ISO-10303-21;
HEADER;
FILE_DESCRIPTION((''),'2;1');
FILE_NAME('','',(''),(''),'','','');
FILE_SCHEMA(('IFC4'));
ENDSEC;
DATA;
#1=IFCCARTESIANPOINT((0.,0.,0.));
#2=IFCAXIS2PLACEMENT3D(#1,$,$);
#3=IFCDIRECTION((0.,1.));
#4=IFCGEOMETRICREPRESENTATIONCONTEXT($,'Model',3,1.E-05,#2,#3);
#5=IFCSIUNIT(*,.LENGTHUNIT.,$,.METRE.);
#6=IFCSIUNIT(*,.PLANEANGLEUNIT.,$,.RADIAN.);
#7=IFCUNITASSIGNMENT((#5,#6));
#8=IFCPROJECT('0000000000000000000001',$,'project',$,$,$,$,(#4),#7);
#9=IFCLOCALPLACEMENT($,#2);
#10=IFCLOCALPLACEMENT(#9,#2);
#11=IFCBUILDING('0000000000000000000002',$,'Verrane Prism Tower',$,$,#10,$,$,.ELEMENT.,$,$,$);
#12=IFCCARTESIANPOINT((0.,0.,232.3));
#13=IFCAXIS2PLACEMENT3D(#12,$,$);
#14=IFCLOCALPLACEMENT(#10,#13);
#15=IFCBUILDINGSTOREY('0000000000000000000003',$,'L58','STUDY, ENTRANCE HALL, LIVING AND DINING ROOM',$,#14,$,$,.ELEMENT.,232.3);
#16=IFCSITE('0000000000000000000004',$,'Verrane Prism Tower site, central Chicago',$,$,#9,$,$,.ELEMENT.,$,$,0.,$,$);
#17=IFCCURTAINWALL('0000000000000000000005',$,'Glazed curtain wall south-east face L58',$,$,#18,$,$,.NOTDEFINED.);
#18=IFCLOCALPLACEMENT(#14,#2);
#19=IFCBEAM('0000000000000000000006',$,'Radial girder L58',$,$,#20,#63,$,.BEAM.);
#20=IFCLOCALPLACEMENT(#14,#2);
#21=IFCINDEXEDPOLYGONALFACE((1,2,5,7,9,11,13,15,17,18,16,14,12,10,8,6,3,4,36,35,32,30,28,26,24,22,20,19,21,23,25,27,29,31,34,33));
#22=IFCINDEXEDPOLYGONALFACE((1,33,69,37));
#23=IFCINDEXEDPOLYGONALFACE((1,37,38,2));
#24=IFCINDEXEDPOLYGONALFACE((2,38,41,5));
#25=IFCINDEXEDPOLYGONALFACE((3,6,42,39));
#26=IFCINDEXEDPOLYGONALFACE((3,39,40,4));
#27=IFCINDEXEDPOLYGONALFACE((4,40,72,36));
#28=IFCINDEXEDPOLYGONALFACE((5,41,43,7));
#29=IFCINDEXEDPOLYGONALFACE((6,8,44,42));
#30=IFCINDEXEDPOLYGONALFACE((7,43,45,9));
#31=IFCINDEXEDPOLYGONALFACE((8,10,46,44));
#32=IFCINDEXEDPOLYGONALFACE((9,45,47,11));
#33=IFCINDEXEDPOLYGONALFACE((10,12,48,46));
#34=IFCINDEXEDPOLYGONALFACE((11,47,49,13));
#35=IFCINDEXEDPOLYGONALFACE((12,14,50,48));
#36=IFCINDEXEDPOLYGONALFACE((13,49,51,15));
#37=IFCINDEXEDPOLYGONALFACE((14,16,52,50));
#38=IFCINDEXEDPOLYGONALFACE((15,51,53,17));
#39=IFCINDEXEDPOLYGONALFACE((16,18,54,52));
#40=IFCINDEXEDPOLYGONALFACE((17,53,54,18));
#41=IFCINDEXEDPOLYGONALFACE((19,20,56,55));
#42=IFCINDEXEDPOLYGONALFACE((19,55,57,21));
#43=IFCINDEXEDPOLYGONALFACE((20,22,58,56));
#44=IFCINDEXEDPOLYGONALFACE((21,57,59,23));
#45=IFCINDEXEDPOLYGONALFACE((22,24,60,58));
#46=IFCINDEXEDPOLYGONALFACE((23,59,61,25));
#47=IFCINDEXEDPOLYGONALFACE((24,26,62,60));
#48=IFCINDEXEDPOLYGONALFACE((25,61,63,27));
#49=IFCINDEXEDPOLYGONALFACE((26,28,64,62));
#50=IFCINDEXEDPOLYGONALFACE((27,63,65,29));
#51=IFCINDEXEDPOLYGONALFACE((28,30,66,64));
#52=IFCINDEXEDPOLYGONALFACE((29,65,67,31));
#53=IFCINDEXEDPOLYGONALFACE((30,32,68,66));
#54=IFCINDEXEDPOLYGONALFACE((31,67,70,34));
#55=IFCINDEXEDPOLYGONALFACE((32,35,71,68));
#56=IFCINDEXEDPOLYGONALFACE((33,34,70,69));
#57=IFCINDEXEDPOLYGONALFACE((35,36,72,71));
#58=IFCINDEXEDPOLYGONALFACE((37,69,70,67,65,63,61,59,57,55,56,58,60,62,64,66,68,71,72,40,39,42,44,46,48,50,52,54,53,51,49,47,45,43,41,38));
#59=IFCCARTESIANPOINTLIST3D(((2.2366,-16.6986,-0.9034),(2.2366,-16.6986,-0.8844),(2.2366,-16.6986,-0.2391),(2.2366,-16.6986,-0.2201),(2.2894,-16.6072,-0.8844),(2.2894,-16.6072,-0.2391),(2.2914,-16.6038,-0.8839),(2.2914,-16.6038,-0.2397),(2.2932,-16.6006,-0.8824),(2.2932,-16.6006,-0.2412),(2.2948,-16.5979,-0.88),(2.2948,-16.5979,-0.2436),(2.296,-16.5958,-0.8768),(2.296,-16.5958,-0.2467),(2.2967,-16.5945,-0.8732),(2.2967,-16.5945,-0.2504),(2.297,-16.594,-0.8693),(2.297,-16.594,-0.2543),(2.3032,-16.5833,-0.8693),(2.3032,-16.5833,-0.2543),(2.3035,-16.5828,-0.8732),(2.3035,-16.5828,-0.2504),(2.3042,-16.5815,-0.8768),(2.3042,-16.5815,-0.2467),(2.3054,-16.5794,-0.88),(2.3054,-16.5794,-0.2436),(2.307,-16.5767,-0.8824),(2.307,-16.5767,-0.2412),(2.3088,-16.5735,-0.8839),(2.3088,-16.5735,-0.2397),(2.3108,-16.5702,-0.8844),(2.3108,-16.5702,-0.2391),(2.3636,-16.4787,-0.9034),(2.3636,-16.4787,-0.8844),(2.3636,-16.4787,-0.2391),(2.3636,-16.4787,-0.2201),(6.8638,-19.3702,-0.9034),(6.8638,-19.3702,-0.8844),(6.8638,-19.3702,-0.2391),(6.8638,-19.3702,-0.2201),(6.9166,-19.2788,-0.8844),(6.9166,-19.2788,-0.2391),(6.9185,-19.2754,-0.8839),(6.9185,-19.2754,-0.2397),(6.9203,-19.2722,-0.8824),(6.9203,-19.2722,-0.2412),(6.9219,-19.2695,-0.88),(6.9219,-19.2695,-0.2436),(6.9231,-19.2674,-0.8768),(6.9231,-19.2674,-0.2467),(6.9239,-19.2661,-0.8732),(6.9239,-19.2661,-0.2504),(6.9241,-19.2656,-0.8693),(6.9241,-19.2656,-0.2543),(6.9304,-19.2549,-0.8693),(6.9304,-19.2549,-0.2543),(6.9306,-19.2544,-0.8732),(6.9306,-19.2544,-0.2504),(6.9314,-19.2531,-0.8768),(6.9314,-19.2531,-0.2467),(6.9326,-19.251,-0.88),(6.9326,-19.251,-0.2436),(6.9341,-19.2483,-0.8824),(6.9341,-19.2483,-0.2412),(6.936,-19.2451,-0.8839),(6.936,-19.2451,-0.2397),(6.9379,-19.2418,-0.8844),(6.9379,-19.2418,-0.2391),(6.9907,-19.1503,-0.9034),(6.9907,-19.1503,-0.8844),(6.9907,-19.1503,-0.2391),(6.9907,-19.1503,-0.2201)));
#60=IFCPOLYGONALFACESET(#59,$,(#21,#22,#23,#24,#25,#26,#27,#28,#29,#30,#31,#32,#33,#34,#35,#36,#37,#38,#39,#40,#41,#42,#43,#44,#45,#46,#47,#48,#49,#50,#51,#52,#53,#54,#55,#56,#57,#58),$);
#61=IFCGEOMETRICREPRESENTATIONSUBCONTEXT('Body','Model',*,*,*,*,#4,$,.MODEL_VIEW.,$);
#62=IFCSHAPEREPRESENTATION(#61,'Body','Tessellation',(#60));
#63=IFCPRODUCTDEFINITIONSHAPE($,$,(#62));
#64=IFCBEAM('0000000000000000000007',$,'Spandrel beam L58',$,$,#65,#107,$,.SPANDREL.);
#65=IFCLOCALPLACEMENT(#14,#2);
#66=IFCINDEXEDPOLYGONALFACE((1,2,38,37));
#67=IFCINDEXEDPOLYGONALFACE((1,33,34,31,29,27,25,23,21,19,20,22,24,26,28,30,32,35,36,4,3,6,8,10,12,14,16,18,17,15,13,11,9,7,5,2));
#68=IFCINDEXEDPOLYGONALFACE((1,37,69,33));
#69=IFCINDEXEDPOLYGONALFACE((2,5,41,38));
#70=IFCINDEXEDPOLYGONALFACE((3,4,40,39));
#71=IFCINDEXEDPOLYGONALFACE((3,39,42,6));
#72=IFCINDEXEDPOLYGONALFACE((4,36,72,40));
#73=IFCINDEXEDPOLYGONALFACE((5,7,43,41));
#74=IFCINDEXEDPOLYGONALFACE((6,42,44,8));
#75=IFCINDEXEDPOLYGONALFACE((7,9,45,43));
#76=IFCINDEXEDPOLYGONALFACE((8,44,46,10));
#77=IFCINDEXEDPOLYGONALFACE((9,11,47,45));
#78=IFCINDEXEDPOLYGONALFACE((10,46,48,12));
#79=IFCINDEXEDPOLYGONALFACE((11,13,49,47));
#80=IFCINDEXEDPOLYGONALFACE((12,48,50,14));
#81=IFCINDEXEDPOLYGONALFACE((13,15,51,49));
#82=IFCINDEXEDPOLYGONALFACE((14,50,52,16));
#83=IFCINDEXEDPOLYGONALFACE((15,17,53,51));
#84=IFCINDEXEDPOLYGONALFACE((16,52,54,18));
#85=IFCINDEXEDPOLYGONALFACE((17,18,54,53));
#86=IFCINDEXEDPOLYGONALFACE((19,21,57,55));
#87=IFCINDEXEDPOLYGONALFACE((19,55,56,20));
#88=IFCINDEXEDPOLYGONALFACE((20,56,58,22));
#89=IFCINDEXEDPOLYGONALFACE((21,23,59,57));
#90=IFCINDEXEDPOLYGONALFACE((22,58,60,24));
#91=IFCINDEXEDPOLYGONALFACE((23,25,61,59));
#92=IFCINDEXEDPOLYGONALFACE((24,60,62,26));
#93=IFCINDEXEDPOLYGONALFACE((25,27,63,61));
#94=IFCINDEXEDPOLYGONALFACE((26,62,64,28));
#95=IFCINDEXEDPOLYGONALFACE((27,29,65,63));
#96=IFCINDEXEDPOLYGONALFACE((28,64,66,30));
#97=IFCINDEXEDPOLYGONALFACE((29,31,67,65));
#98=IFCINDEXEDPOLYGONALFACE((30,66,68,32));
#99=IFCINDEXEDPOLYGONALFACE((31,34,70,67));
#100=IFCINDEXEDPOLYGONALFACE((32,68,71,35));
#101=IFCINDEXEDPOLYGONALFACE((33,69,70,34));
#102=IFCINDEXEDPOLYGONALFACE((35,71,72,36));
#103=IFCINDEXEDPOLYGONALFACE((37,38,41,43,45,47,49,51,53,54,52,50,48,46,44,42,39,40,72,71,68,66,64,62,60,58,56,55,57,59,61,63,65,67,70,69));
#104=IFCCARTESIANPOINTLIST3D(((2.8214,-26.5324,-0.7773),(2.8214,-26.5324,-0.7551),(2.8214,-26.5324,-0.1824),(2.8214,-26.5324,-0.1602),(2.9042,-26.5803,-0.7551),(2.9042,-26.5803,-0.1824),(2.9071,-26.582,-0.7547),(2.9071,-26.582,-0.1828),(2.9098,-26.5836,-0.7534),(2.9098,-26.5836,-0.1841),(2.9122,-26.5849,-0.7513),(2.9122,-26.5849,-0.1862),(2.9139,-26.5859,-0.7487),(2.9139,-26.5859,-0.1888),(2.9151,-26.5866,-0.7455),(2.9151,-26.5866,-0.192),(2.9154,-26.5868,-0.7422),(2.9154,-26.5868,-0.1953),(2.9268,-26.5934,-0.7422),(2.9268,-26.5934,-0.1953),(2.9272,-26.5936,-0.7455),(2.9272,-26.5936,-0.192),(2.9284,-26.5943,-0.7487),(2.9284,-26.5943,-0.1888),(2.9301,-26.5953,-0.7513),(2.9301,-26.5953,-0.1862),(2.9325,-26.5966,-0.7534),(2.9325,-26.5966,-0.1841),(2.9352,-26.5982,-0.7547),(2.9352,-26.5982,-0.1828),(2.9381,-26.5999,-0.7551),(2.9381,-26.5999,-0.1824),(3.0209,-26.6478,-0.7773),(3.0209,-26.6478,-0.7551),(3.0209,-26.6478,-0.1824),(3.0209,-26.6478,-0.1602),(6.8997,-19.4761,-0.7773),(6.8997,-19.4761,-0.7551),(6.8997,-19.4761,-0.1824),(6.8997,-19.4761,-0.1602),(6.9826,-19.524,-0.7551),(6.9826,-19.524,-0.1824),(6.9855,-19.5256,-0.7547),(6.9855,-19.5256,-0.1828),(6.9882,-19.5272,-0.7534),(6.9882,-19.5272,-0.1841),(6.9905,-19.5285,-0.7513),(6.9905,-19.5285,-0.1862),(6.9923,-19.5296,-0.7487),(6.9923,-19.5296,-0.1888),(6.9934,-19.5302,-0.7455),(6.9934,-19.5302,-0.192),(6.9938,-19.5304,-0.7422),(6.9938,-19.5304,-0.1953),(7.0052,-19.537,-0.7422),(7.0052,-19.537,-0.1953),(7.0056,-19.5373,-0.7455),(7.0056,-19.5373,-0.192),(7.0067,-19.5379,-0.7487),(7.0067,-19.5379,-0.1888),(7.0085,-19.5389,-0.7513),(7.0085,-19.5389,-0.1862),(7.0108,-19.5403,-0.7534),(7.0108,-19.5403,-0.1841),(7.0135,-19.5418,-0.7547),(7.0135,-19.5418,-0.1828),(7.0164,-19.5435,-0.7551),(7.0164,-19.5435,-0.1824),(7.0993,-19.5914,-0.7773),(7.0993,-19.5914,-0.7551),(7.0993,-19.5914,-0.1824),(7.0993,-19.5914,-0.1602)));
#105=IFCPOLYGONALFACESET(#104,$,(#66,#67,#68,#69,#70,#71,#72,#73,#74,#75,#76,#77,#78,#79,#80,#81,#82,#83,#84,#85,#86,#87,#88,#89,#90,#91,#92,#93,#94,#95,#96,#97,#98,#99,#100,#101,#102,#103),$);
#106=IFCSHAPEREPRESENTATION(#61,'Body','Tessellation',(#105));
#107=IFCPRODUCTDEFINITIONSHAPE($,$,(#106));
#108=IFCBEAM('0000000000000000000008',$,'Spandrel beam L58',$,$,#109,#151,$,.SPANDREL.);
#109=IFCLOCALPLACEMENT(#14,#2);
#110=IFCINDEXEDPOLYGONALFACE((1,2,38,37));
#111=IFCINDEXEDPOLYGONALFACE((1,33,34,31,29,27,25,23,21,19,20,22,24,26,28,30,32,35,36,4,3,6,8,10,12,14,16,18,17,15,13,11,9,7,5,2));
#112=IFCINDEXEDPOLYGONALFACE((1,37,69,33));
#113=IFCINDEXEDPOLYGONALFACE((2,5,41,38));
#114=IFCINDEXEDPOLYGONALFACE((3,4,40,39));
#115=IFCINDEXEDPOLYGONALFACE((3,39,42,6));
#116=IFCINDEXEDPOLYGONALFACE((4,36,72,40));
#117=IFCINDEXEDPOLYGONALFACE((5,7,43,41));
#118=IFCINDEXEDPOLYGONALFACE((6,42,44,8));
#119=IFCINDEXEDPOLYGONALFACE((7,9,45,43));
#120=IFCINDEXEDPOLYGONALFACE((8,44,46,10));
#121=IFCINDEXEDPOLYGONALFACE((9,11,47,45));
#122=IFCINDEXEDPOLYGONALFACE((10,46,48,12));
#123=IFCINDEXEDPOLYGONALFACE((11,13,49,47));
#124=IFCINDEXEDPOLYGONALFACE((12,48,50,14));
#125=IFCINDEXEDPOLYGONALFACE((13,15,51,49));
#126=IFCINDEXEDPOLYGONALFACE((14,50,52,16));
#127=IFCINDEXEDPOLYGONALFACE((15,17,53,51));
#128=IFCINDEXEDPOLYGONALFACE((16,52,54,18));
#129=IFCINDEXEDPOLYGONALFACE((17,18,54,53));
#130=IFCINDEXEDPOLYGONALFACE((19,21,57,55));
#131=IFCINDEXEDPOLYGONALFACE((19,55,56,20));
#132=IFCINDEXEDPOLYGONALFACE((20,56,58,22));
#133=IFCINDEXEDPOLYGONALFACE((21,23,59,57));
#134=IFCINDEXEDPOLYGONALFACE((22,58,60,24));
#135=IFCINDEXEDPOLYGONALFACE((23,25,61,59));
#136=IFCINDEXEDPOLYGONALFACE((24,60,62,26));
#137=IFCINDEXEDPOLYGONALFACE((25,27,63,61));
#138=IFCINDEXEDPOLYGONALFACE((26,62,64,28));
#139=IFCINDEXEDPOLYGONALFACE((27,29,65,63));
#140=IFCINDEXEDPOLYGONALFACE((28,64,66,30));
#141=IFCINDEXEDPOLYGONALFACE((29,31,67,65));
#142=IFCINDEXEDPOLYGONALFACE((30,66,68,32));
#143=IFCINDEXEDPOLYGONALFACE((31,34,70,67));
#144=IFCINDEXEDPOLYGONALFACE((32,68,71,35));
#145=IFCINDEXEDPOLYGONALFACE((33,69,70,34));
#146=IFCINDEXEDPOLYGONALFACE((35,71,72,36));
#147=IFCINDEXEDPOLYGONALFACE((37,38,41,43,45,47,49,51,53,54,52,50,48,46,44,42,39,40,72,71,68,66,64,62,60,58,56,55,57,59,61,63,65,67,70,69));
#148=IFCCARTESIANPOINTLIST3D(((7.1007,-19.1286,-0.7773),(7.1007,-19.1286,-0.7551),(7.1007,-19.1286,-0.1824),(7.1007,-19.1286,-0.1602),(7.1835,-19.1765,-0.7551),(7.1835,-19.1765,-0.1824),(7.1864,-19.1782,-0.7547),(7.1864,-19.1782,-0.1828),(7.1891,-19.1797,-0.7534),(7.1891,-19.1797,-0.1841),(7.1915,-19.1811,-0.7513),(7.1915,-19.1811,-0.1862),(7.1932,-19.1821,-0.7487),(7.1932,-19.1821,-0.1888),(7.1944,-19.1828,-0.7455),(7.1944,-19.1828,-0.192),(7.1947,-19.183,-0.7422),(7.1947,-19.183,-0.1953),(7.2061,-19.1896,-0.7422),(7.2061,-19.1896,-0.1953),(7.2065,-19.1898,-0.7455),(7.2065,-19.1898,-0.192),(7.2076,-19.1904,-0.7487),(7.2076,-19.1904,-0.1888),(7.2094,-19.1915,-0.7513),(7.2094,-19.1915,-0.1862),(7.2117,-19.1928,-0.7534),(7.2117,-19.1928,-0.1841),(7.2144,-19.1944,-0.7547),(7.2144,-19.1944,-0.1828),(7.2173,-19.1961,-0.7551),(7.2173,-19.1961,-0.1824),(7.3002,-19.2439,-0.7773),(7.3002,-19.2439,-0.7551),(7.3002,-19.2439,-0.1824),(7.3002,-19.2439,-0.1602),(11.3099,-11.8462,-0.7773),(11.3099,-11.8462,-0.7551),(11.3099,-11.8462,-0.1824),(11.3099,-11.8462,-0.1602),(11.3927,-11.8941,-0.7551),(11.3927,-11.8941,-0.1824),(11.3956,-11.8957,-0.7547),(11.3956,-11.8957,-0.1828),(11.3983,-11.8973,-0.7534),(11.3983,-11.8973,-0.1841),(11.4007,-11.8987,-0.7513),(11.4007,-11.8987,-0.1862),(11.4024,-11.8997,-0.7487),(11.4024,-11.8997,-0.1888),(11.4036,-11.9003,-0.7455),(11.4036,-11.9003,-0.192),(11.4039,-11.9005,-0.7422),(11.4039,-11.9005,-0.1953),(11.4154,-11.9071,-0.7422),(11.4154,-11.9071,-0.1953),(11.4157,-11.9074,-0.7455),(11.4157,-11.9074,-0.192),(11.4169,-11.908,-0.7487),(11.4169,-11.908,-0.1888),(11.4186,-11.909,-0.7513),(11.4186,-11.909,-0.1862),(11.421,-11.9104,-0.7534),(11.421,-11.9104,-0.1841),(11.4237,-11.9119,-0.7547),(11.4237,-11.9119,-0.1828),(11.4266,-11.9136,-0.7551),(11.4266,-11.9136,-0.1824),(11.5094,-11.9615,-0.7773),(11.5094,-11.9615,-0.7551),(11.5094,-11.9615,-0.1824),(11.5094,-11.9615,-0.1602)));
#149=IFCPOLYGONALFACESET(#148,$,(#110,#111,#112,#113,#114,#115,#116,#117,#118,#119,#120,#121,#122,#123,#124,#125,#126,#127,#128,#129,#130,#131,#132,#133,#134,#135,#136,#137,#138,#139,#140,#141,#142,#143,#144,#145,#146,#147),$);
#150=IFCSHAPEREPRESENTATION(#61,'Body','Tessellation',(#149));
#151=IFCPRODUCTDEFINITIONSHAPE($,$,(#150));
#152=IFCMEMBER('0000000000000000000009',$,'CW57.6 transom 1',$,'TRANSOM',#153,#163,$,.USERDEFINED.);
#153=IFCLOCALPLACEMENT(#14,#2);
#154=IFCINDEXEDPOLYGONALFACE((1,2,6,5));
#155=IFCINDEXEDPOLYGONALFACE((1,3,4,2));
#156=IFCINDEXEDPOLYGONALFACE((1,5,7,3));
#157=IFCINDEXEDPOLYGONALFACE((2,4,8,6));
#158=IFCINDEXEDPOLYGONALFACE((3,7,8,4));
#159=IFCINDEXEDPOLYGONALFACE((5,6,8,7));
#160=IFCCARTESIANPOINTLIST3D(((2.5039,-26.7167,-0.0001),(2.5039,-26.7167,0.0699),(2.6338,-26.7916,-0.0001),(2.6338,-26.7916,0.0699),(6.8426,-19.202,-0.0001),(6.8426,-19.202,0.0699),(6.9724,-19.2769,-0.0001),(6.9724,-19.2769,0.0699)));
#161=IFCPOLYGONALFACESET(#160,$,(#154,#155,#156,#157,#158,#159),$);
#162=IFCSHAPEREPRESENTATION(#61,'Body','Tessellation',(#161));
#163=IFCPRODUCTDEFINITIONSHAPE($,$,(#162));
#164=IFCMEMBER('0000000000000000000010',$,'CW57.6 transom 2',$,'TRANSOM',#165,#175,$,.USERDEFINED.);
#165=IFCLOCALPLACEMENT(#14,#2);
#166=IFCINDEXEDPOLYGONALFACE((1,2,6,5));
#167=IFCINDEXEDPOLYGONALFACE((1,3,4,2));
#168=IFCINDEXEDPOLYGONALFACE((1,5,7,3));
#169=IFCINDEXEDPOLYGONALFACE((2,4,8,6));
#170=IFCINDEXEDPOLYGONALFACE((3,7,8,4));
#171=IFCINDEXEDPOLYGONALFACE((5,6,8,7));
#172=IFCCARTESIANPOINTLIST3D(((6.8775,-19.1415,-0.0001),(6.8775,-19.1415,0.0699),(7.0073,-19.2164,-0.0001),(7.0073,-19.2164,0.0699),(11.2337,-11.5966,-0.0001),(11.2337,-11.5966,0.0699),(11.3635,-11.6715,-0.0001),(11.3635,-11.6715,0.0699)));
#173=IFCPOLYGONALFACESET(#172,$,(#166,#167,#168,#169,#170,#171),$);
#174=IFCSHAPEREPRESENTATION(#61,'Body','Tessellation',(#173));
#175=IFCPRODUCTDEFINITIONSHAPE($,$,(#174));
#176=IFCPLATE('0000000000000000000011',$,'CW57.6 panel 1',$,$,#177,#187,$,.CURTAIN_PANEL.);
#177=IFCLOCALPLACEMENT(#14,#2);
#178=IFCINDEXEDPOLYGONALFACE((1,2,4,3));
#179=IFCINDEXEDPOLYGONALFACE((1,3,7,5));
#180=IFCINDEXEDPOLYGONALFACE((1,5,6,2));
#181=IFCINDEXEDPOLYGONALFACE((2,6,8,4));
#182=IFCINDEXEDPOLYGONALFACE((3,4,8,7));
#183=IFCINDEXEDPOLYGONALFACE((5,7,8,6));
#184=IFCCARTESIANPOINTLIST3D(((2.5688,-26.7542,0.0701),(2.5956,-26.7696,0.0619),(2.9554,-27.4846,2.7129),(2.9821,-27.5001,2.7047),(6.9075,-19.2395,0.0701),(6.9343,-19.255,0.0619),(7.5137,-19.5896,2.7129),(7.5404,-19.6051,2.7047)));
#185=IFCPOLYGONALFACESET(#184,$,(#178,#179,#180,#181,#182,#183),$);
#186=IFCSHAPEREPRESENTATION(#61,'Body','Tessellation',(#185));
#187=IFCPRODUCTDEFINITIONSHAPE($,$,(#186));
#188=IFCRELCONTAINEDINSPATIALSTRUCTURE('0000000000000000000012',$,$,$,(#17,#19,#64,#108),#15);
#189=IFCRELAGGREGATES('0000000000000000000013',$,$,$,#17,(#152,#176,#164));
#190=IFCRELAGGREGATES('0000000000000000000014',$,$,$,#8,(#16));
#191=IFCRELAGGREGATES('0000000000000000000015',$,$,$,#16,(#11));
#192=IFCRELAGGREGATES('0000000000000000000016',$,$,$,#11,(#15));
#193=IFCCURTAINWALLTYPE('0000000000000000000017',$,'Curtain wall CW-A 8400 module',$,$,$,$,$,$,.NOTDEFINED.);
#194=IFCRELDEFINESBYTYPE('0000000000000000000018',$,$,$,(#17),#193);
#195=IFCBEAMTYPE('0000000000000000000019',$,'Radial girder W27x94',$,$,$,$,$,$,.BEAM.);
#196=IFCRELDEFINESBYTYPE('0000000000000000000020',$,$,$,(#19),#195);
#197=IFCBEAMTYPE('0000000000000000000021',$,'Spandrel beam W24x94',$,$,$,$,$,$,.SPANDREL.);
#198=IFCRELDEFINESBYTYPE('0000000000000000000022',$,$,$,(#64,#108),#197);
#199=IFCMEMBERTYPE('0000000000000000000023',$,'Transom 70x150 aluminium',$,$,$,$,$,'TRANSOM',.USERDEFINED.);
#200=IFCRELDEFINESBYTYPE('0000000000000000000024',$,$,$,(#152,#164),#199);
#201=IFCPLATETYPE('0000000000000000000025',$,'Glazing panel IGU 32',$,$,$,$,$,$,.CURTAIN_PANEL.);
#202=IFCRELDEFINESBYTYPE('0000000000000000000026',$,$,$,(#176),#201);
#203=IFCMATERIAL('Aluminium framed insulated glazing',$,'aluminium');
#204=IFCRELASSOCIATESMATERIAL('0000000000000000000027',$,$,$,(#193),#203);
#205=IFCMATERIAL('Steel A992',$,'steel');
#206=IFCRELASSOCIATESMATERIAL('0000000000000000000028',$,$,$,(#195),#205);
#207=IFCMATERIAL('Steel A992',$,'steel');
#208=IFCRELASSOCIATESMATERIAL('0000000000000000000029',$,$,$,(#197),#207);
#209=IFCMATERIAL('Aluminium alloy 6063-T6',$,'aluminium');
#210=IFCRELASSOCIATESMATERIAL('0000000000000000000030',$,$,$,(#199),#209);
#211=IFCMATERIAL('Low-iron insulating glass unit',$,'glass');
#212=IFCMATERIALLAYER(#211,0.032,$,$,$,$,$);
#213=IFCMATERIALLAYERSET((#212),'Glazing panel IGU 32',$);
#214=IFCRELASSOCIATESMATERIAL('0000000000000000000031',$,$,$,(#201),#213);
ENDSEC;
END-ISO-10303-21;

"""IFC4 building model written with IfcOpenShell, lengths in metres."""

from ifc_helpers import new_model, si_unit, direction, frame, origin, origin_2d, place, context, subcontext, project, spatial, polyline, rectangle, i_section, outline, extrude, material, layer, layer_set, material_profile, profile_set, type_object, element, aggregate, save


model = new_model("IFC4")

# Units and contexts
model_context = context("Model", 3, precision=1e-05, world=origin(), true_north=direction((0.0, 1.0)))
body_context = subcontext(model_context, "Body", "Model", "MODEL_VIEW")
ifc_project = project(units=[si_unit("LENGTHUNIT", "METRE"), si_unit("PLANEANGLEUNIT", "RADIAN")], contexts=[model_context])

# Site, building, storey
site_placement = place(None, origin())
site = spatial("IfcSite", under=ifc_project, at=site_placement, Name="Verrane Prism Tower site, central Chicago", CompositionType="ELEMENT", RefElevation=0.0)
building_placement = place(site_placement, origin())
building = spatial("IfcBuilding", under=site, at=building_placement, Name="Verrane Prism Tower", CompositionType="ELEMENT")
storey_placement = place(building_placement, frame((0.0, 0.0, 232.3)))
storey = spatial("IfcBuildingStorey", under=building, at=storey_placement, Name="L58", Description="STUDY, ENTRANCE HALL, LIVING AND DINING ROOM", CompositionType="ELEMENT", Elevation=232.3)

# Curtain wall
ifc_material_1 = material(Name="Aluminium framed insulated glazing", Category="aluminium")
curtain_wall_type = type_object("IfcCurtainWallType", Name="Curtain wall CW-A 8400 module", PredefinedType="NOTDEFINED", material=ifc_material_1)
curtain_wall_placement = place(storey_placement, origin())
curtain_wall = element("IfcCurtainWall", 1, at=curtain_wall_placement, inside=storey, type_object=curtain_wall_type, Name="Glazed curtain wall south-east face L58", PredefinedType="NOTDEFINED")

# Beams
ifc_material_2 = material(Name="Steel A992", Category="steel")
ifc_material_profile_1 = material_profile(ifc_material_2, i_section(OverallWidth=0.2539, OverallDepth=0.6833, WebThickness=0.0125, FlangeThickness=0.019, FilletRadius=0.0151, at=origin_2d()), Name="W27x94")
ifc_profile_set_1 = profile_set([ifc_material_profile_1], Name="Steel A992")
beam_type_1 = type_object("IfcBeamType", Name="Radial girder W27x94", PredefinedType="BEAM", material=ifc_profile_set_1)
beam_1_placement = place(storey_placement, frame((6.9272, -19.2603, -0.5618), z_axis=(-0.866016, 0.500016, 0.0), x_axis=(-0.500016, -0.866016, 0.0)))
element("IfcBeam", 2, at=beam_1_placement, inside=storey, type_object=beam_type_1, Name="Radial girder L58", PredefinedType="BEAM", context=body_context, shape_type="SweptSolid", body=[
    extrude(i_section(OverallWidth=0.2539, OverallDepth=0.6833, WebThickness=0.0125, FlangeThickness=0.019, FilletRadius=0.0151, at=origin_2d()), origin(), (0.0, 0.0, 1.0), 5.343),
])
ifc_material_3 = material(Name="Steel A992", Category="steel")
ifc_material_profile_2 = material_profile(ifc_material_3, i_section(OverallWidth=0.2305, OverallDepth=0.6172, WebThickness=0.0132, FlangeThickness=0.0222, FilletRadius=0.0129, at=origin_2d()), Name="W24x94")
ifc_profile_set_2 = profile_set([ifc_material_profile_2], Name="Steel A992")
beam_type_2 = type_object("IfcBeamType", Name="Spandrel beam W24x94", PredefinedType="SPANDREL", material=ifc_profile_set_2)
beam_2_placement = place(storey_placement, frame((2.9211, -26.5901, -0.4688), z_axis=(0.500401, 0.865794, 0.0), x_axis=(-0.865794, 0.500401, 0.0)))
element("IfcBeam", 3, at=beam_2_placement, inside=storey, type_object=beam_type_2, Name="Spandrel beam L58", PredefinedType="SPANDREL", context=body_context, shape_type="SweptSolid", body=[
    extrude(i_section(OverallWidth=0.2305, OverallDepth=0.6172, WebThickness=0.0132, FlangeThickness=0.0222, FilletRadius=0.0129, at=origin_2d()), origin(), (0.0, 0.0, 1.0), 8.1501),
])
beam_3_placement = place(storey_placement, frame((7.2004, -19.1863, -0.4688), z_axis=(0.500418, 0.865784, 0.0), x_axis=(-0.865784, 0.500418, 0.0)))
element("IfcBeam", 4, at=beam_3_placement, inside=storey, type_object=beam_type_2, Name="Spandrel beam L58", PredefinedType="SPANDREL", context=body_context, shape_type="SweptSolid", body=[
    extrude(i_section(OverallWidth=0.2305, OverallDepth=0.6172, WebThickness=0.0132, FlangeThickness=0.0222, FilletRadius=0.0129, at=origin_2d()), origin(), (0.0, 0.0, 1.0), 8.4114),
])

# Members
ifc_material_4 = material(Name="Aluminium alloy 6063-T6", Category="aluminium")
ifc_material_profile_3 = material_profile(ifc_material_4, rectangle(XDim=0.1499, YDim=0.0701, at=origin_2d()), Name="Transom 70x150 aluminium")
ifc_profile_set_3 = profile_set([ifc_material_profile_3], Name="Aluminium alloy 6063-T6")
member_type_1 = type_object("IfcMemberType", Name="Transom 70x150 aluminium", ElementType="TRANSOM", PredefinedType="USERDEFINED", material=ifc_profile_set_3)
member_1_placement = place(storey_placement, frame((2.5688, -26.7542, 0.0349), z_axis=(0.500003, 0.866023, 0.0), x_axis=(-0.866023, 0.500003, 0.0)))
member_1 = element("IfcMember", 5, at=member_1_placement, type_object=member_type_1, Name="CW57.6 transom 1", ObjectType="TRANSOM", PredefinedType="USERDEFINED", context=body_context, shape_type="SweptSolid", body=[
    extrude(rectangle(XDim=0.1499, YDim=0.0701, at=origin_2d()), origin(), (0.0, 0.0, 1.0), 8.6772),
])
member_2_placement = place(storey_placement, frame((6.9424, -19.179, 0.0349), z_axis=(0.500012, 0.866019, 0.0), x_axis=(-0.866019, 0.500012, 0.0)))
member_2 = element("IfcMember", 6, at=member_2_placement, type_object=member_type_1, Name="CW57.6 transom 2", ObjectType="TRANSOM", PredefinedType="USERDEFINED", context=body_context, shape_type="SweptSolid", body=[
    extrude(rectangle(XDim=0.1499, YDim=0.0701, at=origin_2d()), origin(), (0.0, 0.0, 1.0), 8.7122),
])

# Plate
ifc_material_5 = material(Name="Low-iron insulating glass unit", Category="glass")
ifc_layer_1 = layer(ifc_material_5, 0.032)
ifc_layer_set_1 = layer_set([ifc_layer_1], Name="Glazing panel IGU 32")
plate_type = type_object("IfcPlateType", Name="Glazing panel IGU 32", PredefinedType="CURTAIN_PANEL", material=ifc_layer_set_1)
plate_1_placement = place(storey_placement, frame((2.5688, -26.7542, 0.0701), z_axis=(-0.837154, 0.483342, 0.256034), x_axis=(0.500008, 0.866021, -0.000001)))
plate_1 = element("IfcPlate", 7, at=plate_1_placement, type_object=plate_type, Name="CW57.6 panel 1", PredefinedType="CURTAIN_PANEL", context=body_context, shape_type="SweptSolid", body=[
    extrude(outline(polyline([(0.0, 0.0), (8.6772, 0.0), (8.6771, -2.734), (-0.4394, -2.7339), (0.0, 0.0)])), origin(), (0.0, 0.0, -1.0), 0.032),
])
aggregate(curtain_wall, [member_1, plate_1, member_2])

save(model, "model.ifc")
